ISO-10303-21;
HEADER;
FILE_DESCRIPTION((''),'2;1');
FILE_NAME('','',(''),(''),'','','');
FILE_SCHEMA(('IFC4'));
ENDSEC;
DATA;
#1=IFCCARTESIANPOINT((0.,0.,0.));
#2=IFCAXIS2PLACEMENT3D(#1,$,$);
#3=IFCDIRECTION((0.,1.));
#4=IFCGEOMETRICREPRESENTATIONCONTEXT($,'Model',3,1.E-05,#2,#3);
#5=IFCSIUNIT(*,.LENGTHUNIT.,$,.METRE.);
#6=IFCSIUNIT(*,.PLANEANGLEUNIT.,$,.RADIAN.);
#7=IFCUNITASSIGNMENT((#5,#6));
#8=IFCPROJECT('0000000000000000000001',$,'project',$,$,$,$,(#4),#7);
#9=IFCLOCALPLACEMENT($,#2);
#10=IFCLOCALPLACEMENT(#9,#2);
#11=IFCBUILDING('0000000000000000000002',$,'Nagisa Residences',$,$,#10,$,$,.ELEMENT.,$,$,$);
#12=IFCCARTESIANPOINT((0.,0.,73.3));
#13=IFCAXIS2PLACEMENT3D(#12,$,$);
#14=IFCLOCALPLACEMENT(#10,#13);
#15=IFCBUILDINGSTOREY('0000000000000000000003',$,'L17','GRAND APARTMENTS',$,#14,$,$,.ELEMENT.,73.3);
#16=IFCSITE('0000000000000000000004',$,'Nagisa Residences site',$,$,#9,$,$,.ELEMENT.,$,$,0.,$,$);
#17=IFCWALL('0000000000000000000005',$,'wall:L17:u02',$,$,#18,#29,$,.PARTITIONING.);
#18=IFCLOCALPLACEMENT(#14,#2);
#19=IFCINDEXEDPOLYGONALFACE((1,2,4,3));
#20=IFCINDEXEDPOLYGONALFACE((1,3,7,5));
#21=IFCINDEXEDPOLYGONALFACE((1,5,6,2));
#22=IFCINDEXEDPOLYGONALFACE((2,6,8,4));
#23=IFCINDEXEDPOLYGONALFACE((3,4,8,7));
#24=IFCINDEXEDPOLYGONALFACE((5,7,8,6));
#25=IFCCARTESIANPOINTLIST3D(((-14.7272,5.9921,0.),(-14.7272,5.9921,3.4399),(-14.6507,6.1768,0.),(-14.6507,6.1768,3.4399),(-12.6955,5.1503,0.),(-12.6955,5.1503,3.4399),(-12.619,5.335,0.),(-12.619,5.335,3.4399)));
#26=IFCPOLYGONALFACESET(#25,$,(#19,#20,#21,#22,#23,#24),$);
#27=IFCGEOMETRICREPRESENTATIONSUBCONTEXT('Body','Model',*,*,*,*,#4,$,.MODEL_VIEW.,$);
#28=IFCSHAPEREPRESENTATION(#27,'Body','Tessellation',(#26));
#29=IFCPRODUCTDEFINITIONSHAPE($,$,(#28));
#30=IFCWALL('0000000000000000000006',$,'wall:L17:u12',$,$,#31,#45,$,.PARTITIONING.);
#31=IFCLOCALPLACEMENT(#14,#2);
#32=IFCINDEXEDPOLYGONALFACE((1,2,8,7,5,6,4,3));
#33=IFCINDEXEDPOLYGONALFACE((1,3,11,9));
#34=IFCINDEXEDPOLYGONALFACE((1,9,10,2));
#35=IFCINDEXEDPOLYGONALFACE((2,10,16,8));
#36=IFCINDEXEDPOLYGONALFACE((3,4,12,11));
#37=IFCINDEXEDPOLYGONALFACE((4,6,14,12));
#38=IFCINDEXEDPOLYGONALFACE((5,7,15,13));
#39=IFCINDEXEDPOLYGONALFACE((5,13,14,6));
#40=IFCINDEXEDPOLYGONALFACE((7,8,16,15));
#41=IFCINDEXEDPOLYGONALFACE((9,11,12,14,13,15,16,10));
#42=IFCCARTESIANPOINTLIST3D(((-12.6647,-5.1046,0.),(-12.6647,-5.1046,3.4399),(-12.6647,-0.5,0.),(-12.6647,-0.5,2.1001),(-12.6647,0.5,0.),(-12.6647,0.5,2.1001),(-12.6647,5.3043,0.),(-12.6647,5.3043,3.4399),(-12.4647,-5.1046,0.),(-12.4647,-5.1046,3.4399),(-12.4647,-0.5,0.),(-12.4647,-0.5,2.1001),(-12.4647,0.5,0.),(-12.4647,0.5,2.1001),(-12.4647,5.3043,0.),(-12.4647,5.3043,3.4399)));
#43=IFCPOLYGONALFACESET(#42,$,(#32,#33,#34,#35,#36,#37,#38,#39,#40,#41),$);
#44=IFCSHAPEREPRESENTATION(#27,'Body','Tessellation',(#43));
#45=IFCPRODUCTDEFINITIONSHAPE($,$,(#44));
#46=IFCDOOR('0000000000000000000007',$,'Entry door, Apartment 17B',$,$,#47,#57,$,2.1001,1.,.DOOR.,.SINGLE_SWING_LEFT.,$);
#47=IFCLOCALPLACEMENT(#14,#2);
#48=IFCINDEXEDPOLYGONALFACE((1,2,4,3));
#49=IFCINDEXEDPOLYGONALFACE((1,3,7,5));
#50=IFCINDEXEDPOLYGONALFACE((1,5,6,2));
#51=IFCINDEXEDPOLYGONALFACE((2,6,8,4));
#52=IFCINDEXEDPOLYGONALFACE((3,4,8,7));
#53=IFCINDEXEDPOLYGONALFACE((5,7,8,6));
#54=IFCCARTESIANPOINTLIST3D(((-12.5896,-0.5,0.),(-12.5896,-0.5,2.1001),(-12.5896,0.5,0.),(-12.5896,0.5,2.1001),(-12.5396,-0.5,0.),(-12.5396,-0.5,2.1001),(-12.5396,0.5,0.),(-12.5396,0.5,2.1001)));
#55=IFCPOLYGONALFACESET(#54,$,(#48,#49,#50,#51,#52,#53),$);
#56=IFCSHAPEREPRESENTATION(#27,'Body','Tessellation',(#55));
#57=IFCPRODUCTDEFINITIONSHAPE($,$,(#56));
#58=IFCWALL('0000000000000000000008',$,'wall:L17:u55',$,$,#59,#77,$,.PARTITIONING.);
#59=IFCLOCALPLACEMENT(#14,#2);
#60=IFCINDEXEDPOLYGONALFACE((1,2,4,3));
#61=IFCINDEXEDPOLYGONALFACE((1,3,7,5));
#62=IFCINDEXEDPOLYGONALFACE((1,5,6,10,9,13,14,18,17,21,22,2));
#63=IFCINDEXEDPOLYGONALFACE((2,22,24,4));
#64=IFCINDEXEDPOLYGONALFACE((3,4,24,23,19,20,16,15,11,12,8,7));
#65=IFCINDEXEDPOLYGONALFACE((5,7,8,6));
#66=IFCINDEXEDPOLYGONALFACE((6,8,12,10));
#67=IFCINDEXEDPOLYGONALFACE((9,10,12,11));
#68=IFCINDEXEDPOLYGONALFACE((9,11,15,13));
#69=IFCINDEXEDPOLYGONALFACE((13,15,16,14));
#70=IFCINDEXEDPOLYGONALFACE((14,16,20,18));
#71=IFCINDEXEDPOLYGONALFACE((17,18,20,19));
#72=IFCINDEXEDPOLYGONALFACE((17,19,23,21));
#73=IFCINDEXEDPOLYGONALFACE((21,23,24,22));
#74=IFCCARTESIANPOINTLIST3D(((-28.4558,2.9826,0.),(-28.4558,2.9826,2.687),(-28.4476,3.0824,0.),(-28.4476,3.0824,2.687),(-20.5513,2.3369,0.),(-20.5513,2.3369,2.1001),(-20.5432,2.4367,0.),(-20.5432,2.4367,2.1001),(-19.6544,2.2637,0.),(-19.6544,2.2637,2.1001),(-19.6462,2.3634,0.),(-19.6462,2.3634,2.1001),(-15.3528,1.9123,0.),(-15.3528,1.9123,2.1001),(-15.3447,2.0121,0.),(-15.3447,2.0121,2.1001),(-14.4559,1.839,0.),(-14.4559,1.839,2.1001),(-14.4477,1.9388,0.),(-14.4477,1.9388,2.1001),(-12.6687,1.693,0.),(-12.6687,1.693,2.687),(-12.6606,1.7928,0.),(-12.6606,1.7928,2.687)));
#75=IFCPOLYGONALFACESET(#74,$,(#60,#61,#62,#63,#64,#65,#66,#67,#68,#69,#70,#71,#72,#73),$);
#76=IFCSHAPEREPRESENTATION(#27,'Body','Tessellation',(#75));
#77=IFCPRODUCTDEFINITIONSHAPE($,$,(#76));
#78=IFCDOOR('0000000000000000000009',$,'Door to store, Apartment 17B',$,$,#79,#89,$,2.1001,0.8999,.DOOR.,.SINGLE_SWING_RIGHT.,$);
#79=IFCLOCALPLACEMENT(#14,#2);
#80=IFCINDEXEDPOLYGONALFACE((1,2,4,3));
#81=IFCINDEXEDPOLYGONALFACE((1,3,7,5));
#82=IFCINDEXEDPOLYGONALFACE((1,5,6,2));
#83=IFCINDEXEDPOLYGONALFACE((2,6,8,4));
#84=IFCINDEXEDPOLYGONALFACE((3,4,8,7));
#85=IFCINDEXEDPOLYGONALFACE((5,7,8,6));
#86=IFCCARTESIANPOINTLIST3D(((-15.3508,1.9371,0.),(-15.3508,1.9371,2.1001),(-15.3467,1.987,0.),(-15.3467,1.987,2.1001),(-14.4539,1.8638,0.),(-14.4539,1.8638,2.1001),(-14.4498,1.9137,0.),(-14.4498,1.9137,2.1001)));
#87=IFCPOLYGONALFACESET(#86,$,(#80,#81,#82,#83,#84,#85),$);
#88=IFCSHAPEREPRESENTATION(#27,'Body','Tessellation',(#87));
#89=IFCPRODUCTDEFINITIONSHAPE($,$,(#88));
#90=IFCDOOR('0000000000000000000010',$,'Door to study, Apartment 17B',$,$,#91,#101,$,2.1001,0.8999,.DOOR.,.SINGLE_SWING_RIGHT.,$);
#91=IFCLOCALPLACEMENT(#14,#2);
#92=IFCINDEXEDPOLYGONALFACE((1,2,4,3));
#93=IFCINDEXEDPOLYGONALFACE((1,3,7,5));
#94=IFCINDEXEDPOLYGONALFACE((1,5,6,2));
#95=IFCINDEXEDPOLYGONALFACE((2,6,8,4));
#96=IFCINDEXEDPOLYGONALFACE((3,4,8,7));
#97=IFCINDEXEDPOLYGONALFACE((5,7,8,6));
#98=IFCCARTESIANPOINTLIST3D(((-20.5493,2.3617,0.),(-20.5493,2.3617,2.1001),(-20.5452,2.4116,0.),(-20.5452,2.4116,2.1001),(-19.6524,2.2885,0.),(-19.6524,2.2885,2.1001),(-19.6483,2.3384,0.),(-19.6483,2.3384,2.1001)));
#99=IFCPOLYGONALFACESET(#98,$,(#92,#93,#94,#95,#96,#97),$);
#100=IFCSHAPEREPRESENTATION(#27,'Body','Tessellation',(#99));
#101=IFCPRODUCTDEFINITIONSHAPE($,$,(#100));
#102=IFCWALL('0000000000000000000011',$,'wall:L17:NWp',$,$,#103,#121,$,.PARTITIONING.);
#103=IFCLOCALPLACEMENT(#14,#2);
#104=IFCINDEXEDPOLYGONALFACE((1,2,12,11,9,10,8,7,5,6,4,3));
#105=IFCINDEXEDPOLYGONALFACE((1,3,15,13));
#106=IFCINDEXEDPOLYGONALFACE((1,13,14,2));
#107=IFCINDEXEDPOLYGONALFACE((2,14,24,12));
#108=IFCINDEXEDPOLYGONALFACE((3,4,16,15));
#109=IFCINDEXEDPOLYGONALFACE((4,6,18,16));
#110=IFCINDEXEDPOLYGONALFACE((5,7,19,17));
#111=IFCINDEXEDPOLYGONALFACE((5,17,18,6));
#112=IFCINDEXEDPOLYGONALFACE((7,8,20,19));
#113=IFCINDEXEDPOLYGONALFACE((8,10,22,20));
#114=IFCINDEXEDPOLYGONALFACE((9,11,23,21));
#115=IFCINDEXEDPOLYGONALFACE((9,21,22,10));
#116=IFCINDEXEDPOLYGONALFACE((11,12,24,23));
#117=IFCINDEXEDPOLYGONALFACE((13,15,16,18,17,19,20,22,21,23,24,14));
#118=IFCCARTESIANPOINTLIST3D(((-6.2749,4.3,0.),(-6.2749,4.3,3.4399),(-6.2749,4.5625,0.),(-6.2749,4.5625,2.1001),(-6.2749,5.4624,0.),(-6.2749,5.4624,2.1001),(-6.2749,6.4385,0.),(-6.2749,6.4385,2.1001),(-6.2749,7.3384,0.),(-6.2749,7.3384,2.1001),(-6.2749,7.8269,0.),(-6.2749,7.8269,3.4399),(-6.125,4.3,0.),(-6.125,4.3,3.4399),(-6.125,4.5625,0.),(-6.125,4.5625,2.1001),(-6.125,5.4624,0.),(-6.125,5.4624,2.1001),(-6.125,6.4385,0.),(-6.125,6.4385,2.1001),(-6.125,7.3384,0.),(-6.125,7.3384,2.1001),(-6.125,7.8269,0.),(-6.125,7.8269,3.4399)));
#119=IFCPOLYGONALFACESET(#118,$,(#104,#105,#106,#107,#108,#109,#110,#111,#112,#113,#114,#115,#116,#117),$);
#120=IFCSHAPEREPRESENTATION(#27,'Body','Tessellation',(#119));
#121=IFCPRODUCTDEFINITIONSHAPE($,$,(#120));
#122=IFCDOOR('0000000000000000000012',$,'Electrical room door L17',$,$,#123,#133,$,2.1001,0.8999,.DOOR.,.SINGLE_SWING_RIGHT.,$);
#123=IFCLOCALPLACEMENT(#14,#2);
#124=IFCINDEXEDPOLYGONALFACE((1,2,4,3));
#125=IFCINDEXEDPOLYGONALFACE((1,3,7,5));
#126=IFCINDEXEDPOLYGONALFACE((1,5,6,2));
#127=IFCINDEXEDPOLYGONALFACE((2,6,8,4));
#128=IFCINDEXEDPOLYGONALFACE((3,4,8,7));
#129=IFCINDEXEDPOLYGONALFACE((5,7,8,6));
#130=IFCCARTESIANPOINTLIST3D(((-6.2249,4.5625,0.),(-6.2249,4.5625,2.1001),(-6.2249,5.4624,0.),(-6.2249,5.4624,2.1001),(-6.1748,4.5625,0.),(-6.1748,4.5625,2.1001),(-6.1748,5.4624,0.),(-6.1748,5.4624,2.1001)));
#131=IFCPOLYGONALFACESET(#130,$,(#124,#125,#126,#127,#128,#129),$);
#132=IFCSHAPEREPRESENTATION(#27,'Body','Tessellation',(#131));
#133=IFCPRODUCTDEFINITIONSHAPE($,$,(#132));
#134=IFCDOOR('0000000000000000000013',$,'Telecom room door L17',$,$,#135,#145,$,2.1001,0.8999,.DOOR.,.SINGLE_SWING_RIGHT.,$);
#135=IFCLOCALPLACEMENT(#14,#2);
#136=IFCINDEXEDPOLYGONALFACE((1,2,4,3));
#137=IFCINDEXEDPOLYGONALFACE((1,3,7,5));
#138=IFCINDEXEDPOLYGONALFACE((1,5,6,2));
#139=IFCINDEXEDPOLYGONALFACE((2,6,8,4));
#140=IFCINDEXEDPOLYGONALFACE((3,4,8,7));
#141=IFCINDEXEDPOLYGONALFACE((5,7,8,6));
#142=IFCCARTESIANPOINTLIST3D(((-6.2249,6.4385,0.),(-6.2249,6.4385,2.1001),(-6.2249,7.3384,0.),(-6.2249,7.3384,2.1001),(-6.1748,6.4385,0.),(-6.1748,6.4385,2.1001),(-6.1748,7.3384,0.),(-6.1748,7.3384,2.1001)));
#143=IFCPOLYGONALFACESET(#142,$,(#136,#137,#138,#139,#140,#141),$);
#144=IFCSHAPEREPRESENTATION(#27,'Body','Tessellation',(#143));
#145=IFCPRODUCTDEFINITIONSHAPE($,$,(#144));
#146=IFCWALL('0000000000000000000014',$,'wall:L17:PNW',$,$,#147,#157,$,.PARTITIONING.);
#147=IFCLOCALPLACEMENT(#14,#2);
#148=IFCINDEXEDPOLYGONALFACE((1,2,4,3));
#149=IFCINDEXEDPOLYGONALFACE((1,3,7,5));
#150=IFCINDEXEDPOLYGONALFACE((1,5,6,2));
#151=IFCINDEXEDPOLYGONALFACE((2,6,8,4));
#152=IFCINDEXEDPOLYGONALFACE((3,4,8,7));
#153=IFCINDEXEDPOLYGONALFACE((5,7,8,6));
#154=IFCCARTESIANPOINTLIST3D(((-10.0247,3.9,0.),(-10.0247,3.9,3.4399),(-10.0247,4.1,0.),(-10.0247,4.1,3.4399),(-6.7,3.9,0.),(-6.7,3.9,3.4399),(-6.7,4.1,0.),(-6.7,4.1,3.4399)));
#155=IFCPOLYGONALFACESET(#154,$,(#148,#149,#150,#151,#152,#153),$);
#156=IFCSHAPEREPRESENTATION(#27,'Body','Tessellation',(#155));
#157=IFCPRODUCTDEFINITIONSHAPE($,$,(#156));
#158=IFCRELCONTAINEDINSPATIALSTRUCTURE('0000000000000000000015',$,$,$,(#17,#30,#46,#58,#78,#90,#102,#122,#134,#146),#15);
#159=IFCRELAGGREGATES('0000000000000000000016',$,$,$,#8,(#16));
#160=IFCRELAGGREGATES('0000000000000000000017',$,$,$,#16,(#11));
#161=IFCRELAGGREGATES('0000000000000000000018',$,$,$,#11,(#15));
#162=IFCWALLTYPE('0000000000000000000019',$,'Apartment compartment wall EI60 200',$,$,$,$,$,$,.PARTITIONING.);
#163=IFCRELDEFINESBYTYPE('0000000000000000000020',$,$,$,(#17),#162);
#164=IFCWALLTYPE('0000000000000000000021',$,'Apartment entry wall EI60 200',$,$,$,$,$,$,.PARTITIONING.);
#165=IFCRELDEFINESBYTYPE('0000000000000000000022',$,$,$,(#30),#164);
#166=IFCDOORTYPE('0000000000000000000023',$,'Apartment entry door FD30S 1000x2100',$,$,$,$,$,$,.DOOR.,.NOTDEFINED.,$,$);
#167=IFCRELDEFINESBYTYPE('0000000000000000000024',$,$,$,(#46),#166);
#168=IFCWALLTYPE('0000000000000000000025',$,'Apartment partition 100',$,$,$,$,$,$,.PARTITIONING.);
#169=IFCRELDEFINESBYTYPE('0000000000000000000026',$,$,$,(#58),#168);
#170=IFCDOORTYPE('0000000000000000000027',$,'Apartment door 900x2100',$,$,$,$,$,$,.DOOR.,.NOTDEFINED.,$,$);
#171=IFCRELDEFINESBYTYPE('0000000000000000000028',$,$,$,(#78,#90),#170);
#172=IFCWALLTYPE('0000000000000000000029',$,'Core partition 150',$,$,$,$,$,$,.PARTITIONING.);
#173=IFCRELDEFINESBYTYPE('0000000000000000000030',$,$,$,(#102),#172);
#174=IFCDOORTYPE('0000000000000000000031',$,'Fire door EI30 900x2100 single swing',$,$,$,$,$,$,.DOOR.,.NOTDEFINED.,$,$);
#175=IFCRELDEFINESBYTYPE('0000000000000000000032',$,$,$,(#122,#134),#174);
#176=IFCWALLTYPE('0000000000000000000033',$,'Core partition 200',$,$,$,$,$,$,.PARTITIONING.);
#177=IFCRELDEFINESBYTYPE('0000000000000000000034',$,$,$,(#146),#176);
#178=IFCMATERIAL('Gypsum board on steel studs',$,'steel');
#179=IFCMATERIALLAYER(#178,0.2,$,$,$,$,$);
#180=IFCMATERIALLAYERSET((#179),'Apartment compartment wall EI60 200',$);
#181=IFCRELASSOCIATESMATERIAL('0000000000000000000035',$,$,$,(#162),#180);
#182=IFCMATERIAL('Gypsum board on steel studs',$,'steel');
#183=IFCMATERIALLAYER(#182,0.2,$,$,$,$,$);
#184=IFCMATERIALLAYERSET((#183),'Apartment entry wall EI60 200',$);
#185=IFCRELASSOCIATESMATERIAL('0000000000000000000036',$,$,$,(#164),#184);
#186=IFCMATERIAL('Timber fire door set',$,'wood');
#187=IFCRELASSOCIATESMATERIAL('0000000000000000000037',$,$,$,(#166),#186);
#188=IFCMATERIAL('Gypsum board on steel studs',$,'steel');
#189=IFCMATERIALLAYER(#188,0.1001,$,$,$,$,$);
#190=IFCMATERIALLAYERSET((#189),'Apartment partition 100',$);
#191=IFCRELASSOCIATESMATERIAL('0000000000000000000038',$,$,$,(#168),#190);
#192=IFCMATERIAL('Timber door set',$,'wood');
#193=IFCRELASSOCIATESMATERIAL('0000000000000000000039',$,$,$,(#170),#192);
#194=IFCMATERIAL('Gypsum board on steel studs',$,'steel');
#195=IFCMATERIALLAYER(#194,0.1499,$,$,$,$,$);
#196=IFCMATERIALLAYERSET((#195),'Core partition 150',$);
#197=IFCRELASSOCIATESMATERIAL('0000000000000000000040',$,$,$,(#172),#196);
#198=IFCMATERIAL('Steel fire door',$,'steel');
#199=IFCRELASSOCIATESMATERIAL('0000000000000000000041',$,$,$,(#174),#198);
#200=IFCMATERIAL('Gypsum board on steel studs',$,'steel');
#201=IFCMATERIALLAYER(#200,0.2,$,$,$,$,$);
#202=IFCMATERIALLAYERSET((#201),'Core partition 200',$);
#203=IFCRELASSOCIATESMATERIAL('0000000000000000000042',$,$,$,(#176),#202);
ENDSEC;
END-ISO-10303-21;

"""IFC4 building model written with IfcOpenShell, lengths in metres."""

from ifc_helpers import new_model, si_unit, direction, frame, frame_2d, origin, place, context, subcontext, project, spatial, rectangle, extrude, material, layer, layer_set, type_object, element, fill, save


model = new_model("IFC4")

# Units and contexts
model_context = context("Model", 3, precision=1e-05, world=origin(), true_north=direction((0.0, 1.0)))
body_context = subcontext(model_context, "Body", "Model", "MODEL_VIEW")
ifc_project = project(units=[si_unit("LENGTHUNIT", "METRE"), si_unit("PLANEANGLEUNIT", "RADIAN")], contexts=[model_context])

# Site, building, storey
site_placement = place(None, origin())
site = spatial("IfcSite", under=ifc_project, at=site_placement, Name="Nagisa Residences site", CompositionType="ELEMENT", RefElevation=0.0)
building_placement = place(site_placement, origin())
building = spatial("IfcBuilding", under=site, at=building_placement, Name="Nagisa Residences", CompositionType="ELEMENT")
storey_placement = place(building_placement, frame((0.0, 0.0, 73.3)))
storey = spatial("IfcBuildingStorey", under=building, at=storey_placement, Name="L17", Description="GRAND APARTMENTS", CompositionType="ELEMENT", Elevation=73.3)

# Wall
ifc_material_1 = material(Name="Gypsum board on steel studs", Category="steel")
ifc_layer_1 = layer(ifc_material_1, 0.2)
ifc_layer_set_1 = layer_set([ifc_layer_1], Name="Apartment compartment wall EI60 200")
wall_type_1 = type_object("IfcWallType", Name="Apartment compartment wall EI60 200", PredefinedType="PARTITIONING", material=ifc_layer_set_1)
wall_1_placement = place(storey_placement, frame((-12.6572, 5.2427, 0.0), z_axis=(0.0, 0.0, 1.0), x_axis=(-0.923844, 0.38277, 0.0)))
element("IfcWall", 1, at=wall_1_placement, inside=storey, type_object=wall_type_1, Name="wall:L17:u02", PredefinedType="PARTITIONING", context=body_context, shape_type="SweptSolid", body=[
    extrude(rectangle(XDim=2.1992, YDim=0.2, at=frame_2d((1.0996, 0.0))), origin(), (0.0, 0.0, 1.0), 3.4399),
])

# Wall, opening, door
ifc_material_2 = material(Name="Gypsum board on steel studs", Category="steel")
ifc_layer_2 = layer(ifc_material_2, 0.2)
ifc_layer_set_2 = layer_set([ifc_layer_2], Name="Apartment entry wall EI60 200")
wall_type_2 = type_object("IfcWallType", Name="Apartment entry wall EI60 200", PredefinedType="PARTITIONING", material=ifc_layer_set_2)
wall_2_placement = place(storey_placement, frame((-12.5647, 5.3044, 0.0), z_axis=(0.0, 0.0, 1.0), x_axis=(0.0, -1.0, 0.0)))
wall_2 = element("IfcWall", 2, at=wall_2_placement, inside=storey, type_object=wall_type_2, Name="wall:L17:u12", PredefinedType="PARTITIONING", context=body_context, shape_type="SweptSolid", body=[
    extrude(rectangle(XDim=10.4089, YDim=0.2, at=frame_2d((5.2046, 0.0))), origin(), (0.0, 0.0, 1.0), 3.4399),
])
opening_1_placement = place(wall_2_placement, frame((4.8044, 0.0, 0.0)))
opening_1 = element("IfcOpeningElement", 3, at=opening_1_placement, cuts=wall_2, PredefinedType="OPENING", context=body_context, shape_type="SweptSolid", body=[
    extrude(rectangle(XDim=1.0, YDim=2.1001, at=frame_2d((0.5, 1.05))), frame((0.0, 0.1099, 0.0), z_axis=(0.0, -1.0, 0.0), x_axis=(1.0, 0.0, 0.0)), (0.0, 0.0, 1.0), 0.22),
])
ifc_material_3 = material(Name="Timber fire door set", Category="wood")
door_type_1 = type_object("IfcDoorType", Name="Apartment entry door FD30S 1000x2100", OperationType="NOTDEFINED", PredefinedType="DOOR", material=ifc_material_3)
door_1_placement = place(opening_1_placement, frame((1.0, 0.0, 0.0), x_axis=(-1.0, 0.0, 0.0)))
door_1 = element("IfcDoor", 4, at=door_1_placement, inside=storey, type_object=door_type_1, Name="Entry door, Apartment 17B", OperationType="SINGLE_SWING_LEFT", OverallHeight=2.1001, OverallWidth=1.0, PredefinedType="DOOR", context=body_context, shape_type="SweptSolid", body=[
    extrude(rectangle(XDim=1.0, YDim=2.1001, at=frame_2d((0.5, 1.05))), frame((0.0, 0.0249, 0.0), z_axis=(0.0, -1.0, 0.0), x_axis=(1.0, 0.0, 0.0)), (0.0, 0.0, 1.0), 0.05),
])
fill(opening_1, door_1)

# Walls, openings, doors
ifc_material_4 = material(Name="Gypsum board on steel studs", Category="steel")
ifc_layer_3 = layer(ifc_material_4, 0.1001)
ifc_layer_set_3 = layer_set([ifc_layer_3], Name="Apartment partition 100")
wall_type_3 = type_object("IfcWallType", Name="Apartment partition 100", PredefinedType="PARTITIONING", material=ifc_layer_set_3)
wall_3_placement = place(storey_placement, frame((-12.6646, 1.7429, 0.0), z_axis=(0.0, 0.0, 1.0), x_axis=(-0.99668, 0.081413, 0.0)))
wall_3 = element("IfcWall", 5, at=wall_3_placement, inside=storey, type_object=wall_type_3, Name="wall:L17:u55", PredefinedType="PARTITIONING", context=body_context, shape_type="SweptSolid", body=[
    extrude(rectangle(XDim=15.8396, YDim=0.1001, at=frame_2d((7.9199, 0.0))), origin(), (0.0, 0.0, 1.0), 2.687),
])
opening_2_placement = place(wall_3_placement, frame((1.7932, 0.0, 0.0)))
opening_2 = element("IfcOpeningElement", 6, at=opening_2_placement, cuts=wall_3, PredefinedType="OPENING", context=body_context, shape_type="SweptSolid", body=[
    extrude(rectangle(XDim=0.8999, YDim=2.1001, at=frame_2d((0.45, 1.05))), frame((0.0, 0.0601, 0.0), z_axis=(0.0, -1.0, 0.0), x_axis=(1.0, 0.0, 0.0)), (0.0, 0.0, 1.0), 0.1201),
])
opening_3_placement = place(wall_3_placement, frame((7.009, 0.0, 0.0)))
opening_3 = element("IfcOpeningElement", 7, at=opening_3_placement, cuts=wall_3, PredefinedType="OPENING", context=body_context, shape_type="SweptSolid", body=[
    extrude(rectangle(XDim=0.8999, YDim=2.1001, at=frame_2d((0.45, 1.05))), frame((0.0, 0.0601, 0.0), z_axis=(0.0, -1.0, 0.0), x_axis=(1.0, 0.0, 0.0)), (0.0, 0.0, 1.0), 0.1201),
])
ifc_material_5 = material(Name="Timber door set", Category="wood")
door_type_2 = type_object("IfcDoorType", Name="Apartment door 900x2100", OperationType="NOTDEFINED", PredefinedType="DOOR", material=ifc_material_5)
door_2_placement = place(opening_2_placement, frame((0.8999, 0.0, 0.0), x_axis=(-1.0, 0.0, 0.0)))
door_2 = element("IfcDoor", 8, at=door_2_placement, inside=storey, type_object=door_type_2, Name="Door to store, Apartment 17B", OperationType="SINGLE_SWING_RIGHT", OverallHeight=2.1001, OverallWidth=0.8999, PredefinedType="DOOR", context=body_context, shape_type="SweptSolid", body=[
    extrude(rectangle(XDim=0.8999, YDim=2.1001, at=frame_2d((0.45, 1.05))), frame((0.0, 0.0249, 0.0), z_axis=(0.0, -1.0, 0.0), x_axis=(1.0, 0.0, 0.0)), (0.0, 0.0, 1.0), 0.05),
])
fill(opening_2, door_2)
door_3_placement = place(opening_3_placement, frame((0.8999, 0.0, 0.0), x_axis=(-1.0, 0.0, 0.0)))
door_3 = element("IfcDoor", 9, at=door_3_placement, inside=storey, type_object=door_type_2, Name="Door to study, Apartment 17B", OperationType="SINGLE_SWING_RIGHT", OverallHeight=2.1001, OverallWidth=0.8999, PredefinedType="DOOR", context=body_context, shape_type="SweptSolid", body=[
    extrude(rectangle(XDim=0.8999, YDim=2.1001, at=frame_2d((0.45, 1.05))), frame((0.0, 0.0249, 0.0), z_axis=(0.0, -1.0, 0.0), x_axis=(1.0, 0.0, 0.0)), (0.0, 0.0, 1.0), 0.05),
])
fill(opening_3, door_3)
ifc_material_6 = material(Name="Gypsum board on steel studs", Category="steel")
ifc_layer_4 = layer(ifc_material_6, 0.1499)
ifc_layer_set_4 = layer_set([ifc_layer_4], Name="Core partition 150")
wall_type_4 = type_object("IfcWallType", Name="Core partition 150", PredefinedType="PARTITIONING", material=ifc_layer_set_4)
wall_4_placement = place(storey_placement, frame((-6.2, 4.3, 0.0), z_axis=(0.0, 0.0, 1.0), x_axis=(0.0, 1.0, 0.0)))
wall_4 = element("IfcWall", 10, at=wall_4_placement, inside=storey, type_object=wall_type_4, Name="wall:L17:NWp", PredefinedType="PARTITIONING", context=body_context, shape_type="SweptSolid", body=[
    extrude(rectangle(XDim=3.5269, YDim=0.1499, at=frame_2d((1.7634, 0.0))), origin(), (0.0, 0.0, 1.0), 3.4399),
])
opening_4_placement = place(wall_4_placement, frame((0.2625, 0.0, 0.0)))
opening_4 = element("IfcOpeningElement", 11, at=opening_4_placement, cuts=wall_4, PredefinedType="OPENING", context=body_context, shape_type="SweptSolid", body=[
    extrude(rectangle(XDim=0.8999, YDim=2.1001, at=frame_2d((0.45, 1.05))), frame((0.0, 0.085, 0.0), z_axis=(0.0, -1.0, 0.0), x_axis=(1.0, 0.0, 0.0)), (0.0, 0.0, 1.0), 0.1699),
])
opening_5_placement = place(wall_4_placement, frame((2.1384, 0.0, 0.0)))
opening_5 = element("IfcOpeningElement", 12, at=opening_5_placement, cuts=wall_4, PredefinedType="OPENING", context=body_context, shape_type="SweptSolid", body=[
    extrude(rectangle(XDim=0.8999, YDim=2.1001, at=frame_2d((0.45, 1.05))), frame((0.0, 0.085, 0.0), z_axis=(0.0, -1.0, 0.0), x_axis=(1.0, 0.0, 0.0)), (0.0, 0.0, 1.0), 0.1699),
])
ifc_material_7 = material(Name="Steel fire door", Category="steel")
door_type_3 = type_object("IfcDoorType", Name="Fire door EI30 900x2100 single swing", OperationType="NOTDEFINED", PredefinedType="DOOR", material=ifc_material_7)
door_4_placement = place(opening_4_placement, origin())
door_4 = element("IfcDoor", 13, at=door_4_placement, inside=storey, type_object=door_type_3, Name="Electrical room door L17", OperationType="SINGLE_SWING_RIGHT", OverallHeight=2.1001, OverallWidth=0.8999, PredefinedType="DOOR", context=body_context, shape_type="SweptSolid", body=[
    extrude(rectangle(XDim=0.8999, YDim=2.1001, at=frame_2d((0.45, 1.05))), frame((0.0, 0.0249, 0.0), z_axis=(0.0, -1.0, 0.0), x_axis=(1.0, 0.0, 0.0)), (0.0, 0.0, 1.0), 0.05),
])
fill(opening_4, door_4)
door_5_placement = place(opening_5_placement, origin())
door_5 = element("IfcDoor", 14, at=door_5_placement, inside=storey, type_object=door_type_3, Name="Telecom room door L17", OperationType="SINGLE_SWING_RIGHT", OverallHeight=2.1001, OverallWidth=0.8999, PredefinedType="DOOR", context=body_context, shape_type="SweptSolid", body=[
    extrude(rectangle(XDim=0.8999, YDim=2.1001, at=frame_2d((0.45, 1.05))), frame((0.0, 0.0249, 0.0), z_axis=(0.0, -1.0, 0.0), x_axis=(1.0, 0.0, 0.0)), (0.0, 0.0, 1.0), 0.05),
])
fill(opening_5, door_5)

# Wall
ifc_material_8 = material(Name="Gypsum board on steel studs", Category="steel")
ifc_layer_5 = layer(ifc_material_8, 0.2)
ifc_layer_set_5 = layer_set([ifc_layer_5], Name="Core partition 200")
wall_type_5 = type_object("IfcWallType", Name="Core partition 200", PredefinedType="PARTITIONING", material=ifc_layer_set_5)
wall_5_placement = place(storey_placement, frame((-10.0247, 4.0, 0.0), z_axis=(0.0, 0.0, 1.0), x_axis=(1.0, 0.0, 0.0)))
element("IfcWall", 15, at=wall_5_placement, inside=storey, type_object=wall_type_5, Name="wall:L17:PNW", PredefinedType="PARTITIONING", context=body_context, shape_type="SweptSolid", body=[
    extrude(rectangle(XDim=3.3247, YDim=0.2, at=frame_2d((1.6624, 0.0))), origin(), (0.0, 0.0, 1.0), 3.4399),
])

save(model, "model.ifc")
